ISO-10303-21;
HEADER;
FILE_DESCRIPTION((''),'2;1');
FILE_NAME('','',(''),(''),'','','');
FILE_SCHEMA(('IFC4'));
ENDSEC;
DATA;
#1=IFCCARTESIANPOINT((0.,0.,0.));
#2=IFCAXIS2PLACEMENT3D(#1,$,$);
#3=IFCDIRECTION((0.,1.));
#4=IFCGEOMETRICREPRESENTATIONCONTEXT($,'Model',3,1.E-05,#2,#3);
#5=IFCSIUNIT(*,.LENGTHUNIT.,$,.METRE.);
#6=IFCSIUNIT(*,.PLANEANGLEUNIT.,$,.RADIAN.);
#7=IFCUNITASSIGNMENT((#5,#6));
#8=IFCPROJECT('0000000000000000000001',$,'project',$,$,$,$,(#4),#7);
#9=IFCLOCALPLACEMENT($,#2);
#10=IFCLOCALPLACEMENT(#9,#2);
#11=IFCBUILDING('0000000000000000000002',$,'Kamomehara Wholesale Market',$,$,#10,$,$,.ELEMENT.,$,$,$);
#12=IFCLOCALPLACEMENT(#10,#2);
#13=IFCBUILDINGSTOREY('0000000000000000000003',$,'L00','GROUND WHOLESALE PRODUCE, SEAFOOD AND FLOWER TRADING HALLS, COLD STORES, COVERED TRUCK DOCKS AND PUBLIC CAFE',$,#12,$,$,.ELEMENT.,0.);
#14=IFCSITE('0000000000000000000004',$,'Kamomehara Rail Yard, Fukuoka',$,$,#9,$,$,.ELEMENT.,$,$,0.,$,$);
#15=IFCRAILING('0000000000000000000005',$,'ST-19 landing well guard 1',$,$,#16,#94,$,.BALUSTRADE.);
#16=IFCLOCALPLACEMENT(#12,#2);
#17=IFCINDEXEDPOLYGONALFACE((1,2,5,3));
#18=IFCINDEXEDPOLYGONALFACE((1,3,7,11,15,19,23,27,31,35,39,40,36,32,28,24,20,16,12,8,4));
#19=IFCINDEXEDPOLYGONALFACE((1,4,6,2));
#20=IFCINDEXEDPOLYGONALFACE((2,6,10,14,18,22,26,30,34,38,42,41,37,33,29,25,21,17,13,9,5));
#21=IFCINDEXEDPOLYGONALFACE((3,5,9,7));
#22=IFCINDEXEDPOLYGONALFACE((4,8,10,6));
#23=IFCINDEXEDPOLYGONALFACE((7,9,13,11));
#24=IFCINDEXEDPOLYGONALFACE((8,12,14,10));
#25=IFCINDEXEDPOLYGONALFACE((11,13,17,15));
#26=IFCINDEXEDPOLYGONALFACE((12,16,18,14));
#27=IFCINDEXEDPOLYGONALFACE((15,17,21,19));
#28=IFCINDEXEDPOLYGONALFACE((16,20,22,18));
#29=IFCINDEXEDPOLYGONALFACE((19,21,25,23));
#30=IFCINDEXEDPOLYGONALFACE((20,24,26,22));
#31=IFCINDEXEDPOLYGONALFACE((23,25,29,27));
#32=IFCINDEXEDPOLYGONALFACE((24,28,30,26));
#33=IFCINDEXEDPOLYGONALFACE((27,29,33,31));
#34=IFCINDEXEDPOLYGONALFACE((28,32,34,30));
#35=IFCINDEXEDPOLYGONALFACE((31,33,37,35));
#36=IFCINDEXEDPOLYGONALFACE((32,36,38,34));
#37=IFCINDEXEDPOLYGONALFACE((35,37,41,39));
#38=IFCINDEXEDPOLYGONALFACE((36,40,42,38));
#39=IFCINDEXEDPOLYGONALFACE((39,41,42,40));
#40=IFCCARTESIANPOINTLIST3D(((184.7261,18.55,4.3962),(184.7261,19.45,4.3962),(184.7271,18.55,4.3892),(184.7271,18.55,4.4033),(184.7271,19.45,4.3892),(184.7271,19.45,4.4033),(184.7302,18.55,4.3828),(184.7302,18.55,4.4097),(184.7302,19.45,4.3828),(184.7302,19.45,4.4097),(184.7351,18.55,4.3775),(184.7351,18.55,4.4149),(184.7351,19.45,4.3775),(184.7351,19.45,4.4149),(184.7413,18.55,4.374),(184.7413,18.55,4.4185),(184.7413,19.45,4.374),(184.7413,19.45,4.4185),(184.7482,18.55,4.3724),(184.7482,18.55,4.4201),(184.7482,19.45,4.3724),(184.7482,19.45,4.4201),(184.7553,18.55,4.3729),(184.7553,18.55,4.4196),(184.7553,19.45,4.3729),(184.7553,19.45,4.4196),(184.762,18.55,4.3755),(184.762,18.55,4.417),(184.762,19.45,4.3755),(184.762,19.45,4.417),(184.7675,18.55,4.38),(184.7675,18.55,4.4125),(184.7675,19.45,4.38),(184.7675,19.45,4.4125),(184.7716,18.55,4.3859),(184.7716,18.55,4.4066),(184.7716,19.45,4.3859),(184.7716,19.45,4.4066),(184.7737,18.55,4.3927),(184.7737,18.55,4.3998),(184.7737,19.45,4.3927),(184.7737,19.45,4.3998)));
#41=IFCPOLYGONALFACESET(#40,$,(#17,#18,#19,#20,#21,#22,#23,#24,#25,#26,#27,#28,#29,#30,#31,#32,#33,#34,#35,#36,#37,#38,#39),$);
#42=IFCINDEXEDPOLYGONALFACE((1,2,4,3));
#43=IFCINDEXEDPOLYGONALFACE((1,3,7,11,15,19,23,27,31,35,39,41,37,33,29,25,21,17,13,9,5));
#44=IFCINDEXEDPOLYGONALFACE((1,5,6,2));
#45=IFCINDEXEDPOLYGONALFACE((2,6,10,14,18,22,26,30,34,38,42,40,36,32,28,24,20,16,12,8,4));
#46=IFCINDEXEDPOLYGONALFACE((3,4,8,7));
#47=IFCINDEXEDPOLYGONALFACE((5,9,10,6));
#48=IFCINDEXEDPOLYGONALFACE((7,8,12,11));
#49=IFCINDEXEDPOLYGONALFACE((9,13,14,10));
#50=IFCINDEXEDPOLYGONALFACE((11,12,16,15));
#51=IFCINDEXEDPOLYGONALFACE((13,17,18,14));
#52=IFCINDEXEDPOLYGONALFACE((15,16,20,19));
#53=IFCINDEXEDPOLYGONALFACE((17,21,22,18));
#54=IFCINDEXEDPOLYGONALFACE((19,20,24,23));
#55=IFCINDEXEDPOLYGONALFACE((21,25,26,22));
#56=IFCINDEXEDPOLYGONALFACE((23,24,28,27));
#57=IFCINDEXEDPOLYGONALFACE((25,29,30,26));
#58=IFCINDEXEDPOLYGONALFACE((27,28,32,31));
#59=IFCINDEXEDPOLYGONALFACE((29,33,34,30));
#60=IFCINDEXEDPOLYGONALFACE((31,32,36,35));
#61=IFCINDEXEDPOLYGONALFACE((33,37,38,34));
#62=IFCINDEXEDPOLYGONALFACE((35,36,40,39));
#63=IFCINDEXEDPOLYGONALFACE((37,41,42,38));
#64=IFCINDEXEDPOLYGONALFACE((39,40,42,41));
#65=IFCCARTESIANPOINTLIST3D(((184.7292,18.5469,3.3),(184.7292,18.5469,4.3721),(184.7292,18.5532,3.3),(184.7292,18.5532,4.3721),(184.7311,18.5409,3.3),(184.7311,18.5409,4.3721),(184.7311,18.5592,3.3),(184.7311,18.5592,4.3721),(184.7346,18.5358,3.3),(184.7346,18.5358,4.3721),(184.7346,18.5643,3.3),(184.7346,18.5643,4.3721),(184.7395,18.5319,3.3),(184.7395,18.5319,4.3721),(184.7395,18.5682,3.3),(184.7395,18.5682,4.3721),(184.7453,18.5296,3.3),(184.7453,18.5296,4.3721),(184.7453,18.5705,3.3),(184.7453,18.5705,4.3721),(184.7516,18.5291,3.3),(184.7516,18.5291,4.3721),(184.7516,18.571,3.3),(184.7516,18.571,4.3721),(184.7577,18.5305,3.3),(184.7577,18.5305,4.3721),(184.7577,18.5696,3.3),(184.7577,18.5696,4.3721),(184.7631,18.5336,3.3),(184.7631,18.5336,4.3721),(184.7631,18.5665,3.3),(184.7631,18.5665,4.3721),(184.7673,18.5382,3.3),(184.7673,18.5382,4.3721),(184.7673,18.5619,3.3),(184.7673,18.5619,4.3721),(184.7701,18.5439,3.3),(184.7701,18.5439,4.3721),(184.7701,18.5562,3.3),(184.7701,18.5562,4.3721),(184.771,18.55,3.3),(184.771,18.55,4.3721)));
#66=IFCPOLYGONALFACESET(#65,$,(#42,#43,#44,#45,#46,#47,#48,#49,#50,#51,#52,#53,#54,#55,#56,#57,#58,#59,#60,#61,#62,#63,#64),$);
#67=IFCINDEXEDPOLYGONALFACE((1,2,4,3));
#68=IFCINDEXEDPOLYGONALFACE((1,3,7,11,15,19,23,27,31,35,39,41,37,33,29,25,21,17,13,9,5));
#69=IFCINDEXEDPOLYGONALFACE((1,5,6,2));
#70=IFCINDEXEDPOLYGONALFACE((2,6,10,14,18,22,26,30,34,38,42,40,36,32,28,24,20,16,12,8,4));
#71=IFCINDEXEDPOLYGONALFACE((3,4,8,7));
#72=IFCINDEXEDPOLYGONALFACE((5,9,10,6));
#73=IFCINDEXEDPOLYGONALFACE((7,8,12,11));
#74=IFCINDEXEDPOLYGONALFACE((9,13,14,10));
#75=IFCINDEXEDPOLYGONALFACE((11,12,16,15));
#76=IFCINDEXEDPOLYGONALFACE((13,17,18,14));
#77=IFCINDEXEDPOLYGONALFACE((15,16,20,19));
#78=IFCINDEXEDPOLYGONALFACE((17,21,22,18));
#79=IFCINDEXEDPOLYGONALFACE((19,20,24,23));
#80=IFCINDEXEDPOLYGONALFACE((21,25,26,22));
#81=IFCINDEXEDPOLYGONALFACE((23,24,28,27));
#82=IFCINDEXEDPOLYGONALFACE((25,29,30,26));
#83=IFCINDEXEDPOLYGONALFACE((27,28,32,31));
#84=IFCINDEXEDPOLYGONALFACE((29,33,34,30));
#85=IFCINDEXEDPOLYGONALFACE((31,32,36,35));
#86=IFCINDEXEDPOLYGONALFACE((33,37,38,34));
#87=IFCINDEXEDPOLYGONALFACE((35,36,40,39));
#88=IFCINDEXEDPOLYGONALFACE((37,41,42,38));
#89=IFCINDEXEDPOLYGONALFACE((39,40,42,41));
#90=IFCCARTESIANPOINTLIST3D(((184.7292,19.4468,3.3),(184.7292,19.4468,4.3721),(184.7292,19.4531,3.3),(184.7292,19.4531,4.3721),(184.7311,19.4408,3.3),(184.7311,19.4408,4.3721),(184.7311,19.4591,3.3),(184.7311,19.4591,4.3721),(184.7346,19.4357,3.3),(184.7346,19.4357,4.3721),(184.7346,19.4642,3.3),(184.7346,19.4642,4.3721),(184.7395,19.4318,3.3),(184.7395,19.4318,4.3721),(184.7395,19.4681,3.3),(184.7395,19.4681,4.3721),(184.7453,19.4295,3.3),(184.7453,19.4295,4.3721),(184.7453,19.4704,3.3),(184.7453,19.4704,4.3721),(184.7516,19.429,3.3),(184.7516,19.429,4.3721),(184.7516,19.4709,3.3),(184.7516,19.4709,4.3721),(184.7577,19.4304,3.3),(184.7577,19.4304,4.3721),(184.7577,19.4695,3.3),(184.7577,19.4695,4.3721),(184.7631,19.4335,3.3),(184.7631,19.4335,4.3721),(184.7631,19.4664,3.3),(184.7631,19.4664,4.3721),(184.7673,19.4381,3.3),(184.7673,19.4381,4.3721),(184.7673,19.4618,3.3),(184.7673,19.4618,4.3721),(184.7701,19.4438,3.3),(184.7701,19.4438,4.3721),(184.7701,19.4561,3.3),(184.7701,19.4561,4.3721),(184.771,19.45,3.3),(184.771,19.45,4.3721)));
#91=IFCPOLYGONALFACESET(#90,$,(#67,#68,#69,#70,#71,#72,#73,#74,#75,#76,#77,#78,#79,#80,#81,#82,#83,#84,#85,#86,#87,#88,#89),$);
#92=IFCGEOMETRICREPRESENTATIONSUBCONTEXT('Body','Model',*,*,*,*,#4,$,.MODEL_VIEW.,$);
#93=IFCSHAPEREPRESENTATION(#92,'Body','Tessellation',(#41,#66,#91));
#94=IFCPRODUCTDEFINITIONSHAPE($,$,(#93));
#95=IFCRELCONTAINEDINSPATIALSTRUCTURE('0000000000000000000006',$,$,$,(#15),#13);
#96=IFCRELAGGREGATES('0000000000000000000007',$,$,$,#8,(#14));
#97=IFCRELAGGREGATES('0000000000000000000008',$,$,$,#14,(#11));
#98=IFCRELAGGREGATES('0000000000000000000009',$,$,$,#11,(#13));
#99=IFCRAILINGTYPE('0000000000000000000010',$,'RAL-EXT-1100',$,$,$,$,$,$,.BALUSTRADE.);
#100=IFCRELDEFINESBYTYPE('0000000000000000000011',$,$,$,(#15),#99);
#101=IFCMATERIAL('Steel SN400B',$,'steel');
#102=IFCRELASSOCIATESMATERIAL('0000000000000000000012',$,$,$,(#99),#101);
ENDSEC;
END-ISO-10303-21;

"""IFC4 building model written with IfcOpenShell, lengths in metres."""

from ifc_helpers import new_model, si_unit, direction, frame, origin, origin_2d, place, context, subcontext, project, spatial, circle, extrude, material, type_object, element, save


model = new_model("IFC4")

# Units and contexts
model_context = context("Model", 3, precision=1e-05, world=origin(), true_north=direction((0.0, 1.0)))
body_context = subcontext(model_context, "Body", "Model", "MODEL_VIEW")
ifc_project = project(units=[si_unit("LENGTHUNIT", "METRE"), si_unit("PLANEANGLEUNIT", "RADIAN")], contexts=[model_context])

# Site, building, storey
site_placement = place(None, origin())
site = spatial("IfcSite", under=ifc_project, at=site_placement, Name="Kamomehara Rail Yard, Fukuoka", CompositionType="ELEMENT", RefElevation=0.0)
building_placement = place(site_placement, origin())
building = spatial("IfcBuilding", under=site, at=building_placement, Name="Kamomehara Wholesale Market", CompositionType="ELEMENT")
storey_placement = place(building_placement, origin())
storey = spatial("IfcBuildingStorey", under=building, at=storey_placement, Name="L00", Description="GROUND WHOLESALE PRODUCE, SEAFOOD AND FLOWER TRADING HALLS, COLD STORES, COVERED TRUCK DOCKS AND PUBLIC CAFE", CompositionType="ELEMENT", Elevation=0.0)

# Railing
ifc_material_1 = material(Name="Steel SN400B", Category="steel")
railing_type_1 = type_object("IfcRailingType", Name="RAL-EXT-1100", PredefinedType="BALUSTRADE", material=ifc_material_1)
railing_1_placement = place(storey_placement, frame((184.75, 18.55, 3.3)))
element("IfcRailing", 1, at=railing_1_placement, inside=storey, type_object=railing_type_1, Name="ST-19 landing well guard 1", PredefinedType="BALUSTRADE", context=body_context, shape_type="SweptSolid", body=[
    extrude(circle(Radius=0.0239, at=origin_2d()), frame((0.0, 0.0, 1.0962), z_axis=(0.0, 1.0, 0.0), x_axis=(-1.0, 0.0, 0.0)), (0.0, 0.0, 1.0), 0.8999),
    extrude(circle(Radius=0.021, at=origin_2d()), origin(), (0.0, 0.0, 1.0), 1.072),
    extrude(circle(Radius=0.021, at=origin_2d()), frame((0.0, 0.8999, 0.0)), (0.0, 0.0, 1.0), 1.072),
])

save(model, "model.ifc")
